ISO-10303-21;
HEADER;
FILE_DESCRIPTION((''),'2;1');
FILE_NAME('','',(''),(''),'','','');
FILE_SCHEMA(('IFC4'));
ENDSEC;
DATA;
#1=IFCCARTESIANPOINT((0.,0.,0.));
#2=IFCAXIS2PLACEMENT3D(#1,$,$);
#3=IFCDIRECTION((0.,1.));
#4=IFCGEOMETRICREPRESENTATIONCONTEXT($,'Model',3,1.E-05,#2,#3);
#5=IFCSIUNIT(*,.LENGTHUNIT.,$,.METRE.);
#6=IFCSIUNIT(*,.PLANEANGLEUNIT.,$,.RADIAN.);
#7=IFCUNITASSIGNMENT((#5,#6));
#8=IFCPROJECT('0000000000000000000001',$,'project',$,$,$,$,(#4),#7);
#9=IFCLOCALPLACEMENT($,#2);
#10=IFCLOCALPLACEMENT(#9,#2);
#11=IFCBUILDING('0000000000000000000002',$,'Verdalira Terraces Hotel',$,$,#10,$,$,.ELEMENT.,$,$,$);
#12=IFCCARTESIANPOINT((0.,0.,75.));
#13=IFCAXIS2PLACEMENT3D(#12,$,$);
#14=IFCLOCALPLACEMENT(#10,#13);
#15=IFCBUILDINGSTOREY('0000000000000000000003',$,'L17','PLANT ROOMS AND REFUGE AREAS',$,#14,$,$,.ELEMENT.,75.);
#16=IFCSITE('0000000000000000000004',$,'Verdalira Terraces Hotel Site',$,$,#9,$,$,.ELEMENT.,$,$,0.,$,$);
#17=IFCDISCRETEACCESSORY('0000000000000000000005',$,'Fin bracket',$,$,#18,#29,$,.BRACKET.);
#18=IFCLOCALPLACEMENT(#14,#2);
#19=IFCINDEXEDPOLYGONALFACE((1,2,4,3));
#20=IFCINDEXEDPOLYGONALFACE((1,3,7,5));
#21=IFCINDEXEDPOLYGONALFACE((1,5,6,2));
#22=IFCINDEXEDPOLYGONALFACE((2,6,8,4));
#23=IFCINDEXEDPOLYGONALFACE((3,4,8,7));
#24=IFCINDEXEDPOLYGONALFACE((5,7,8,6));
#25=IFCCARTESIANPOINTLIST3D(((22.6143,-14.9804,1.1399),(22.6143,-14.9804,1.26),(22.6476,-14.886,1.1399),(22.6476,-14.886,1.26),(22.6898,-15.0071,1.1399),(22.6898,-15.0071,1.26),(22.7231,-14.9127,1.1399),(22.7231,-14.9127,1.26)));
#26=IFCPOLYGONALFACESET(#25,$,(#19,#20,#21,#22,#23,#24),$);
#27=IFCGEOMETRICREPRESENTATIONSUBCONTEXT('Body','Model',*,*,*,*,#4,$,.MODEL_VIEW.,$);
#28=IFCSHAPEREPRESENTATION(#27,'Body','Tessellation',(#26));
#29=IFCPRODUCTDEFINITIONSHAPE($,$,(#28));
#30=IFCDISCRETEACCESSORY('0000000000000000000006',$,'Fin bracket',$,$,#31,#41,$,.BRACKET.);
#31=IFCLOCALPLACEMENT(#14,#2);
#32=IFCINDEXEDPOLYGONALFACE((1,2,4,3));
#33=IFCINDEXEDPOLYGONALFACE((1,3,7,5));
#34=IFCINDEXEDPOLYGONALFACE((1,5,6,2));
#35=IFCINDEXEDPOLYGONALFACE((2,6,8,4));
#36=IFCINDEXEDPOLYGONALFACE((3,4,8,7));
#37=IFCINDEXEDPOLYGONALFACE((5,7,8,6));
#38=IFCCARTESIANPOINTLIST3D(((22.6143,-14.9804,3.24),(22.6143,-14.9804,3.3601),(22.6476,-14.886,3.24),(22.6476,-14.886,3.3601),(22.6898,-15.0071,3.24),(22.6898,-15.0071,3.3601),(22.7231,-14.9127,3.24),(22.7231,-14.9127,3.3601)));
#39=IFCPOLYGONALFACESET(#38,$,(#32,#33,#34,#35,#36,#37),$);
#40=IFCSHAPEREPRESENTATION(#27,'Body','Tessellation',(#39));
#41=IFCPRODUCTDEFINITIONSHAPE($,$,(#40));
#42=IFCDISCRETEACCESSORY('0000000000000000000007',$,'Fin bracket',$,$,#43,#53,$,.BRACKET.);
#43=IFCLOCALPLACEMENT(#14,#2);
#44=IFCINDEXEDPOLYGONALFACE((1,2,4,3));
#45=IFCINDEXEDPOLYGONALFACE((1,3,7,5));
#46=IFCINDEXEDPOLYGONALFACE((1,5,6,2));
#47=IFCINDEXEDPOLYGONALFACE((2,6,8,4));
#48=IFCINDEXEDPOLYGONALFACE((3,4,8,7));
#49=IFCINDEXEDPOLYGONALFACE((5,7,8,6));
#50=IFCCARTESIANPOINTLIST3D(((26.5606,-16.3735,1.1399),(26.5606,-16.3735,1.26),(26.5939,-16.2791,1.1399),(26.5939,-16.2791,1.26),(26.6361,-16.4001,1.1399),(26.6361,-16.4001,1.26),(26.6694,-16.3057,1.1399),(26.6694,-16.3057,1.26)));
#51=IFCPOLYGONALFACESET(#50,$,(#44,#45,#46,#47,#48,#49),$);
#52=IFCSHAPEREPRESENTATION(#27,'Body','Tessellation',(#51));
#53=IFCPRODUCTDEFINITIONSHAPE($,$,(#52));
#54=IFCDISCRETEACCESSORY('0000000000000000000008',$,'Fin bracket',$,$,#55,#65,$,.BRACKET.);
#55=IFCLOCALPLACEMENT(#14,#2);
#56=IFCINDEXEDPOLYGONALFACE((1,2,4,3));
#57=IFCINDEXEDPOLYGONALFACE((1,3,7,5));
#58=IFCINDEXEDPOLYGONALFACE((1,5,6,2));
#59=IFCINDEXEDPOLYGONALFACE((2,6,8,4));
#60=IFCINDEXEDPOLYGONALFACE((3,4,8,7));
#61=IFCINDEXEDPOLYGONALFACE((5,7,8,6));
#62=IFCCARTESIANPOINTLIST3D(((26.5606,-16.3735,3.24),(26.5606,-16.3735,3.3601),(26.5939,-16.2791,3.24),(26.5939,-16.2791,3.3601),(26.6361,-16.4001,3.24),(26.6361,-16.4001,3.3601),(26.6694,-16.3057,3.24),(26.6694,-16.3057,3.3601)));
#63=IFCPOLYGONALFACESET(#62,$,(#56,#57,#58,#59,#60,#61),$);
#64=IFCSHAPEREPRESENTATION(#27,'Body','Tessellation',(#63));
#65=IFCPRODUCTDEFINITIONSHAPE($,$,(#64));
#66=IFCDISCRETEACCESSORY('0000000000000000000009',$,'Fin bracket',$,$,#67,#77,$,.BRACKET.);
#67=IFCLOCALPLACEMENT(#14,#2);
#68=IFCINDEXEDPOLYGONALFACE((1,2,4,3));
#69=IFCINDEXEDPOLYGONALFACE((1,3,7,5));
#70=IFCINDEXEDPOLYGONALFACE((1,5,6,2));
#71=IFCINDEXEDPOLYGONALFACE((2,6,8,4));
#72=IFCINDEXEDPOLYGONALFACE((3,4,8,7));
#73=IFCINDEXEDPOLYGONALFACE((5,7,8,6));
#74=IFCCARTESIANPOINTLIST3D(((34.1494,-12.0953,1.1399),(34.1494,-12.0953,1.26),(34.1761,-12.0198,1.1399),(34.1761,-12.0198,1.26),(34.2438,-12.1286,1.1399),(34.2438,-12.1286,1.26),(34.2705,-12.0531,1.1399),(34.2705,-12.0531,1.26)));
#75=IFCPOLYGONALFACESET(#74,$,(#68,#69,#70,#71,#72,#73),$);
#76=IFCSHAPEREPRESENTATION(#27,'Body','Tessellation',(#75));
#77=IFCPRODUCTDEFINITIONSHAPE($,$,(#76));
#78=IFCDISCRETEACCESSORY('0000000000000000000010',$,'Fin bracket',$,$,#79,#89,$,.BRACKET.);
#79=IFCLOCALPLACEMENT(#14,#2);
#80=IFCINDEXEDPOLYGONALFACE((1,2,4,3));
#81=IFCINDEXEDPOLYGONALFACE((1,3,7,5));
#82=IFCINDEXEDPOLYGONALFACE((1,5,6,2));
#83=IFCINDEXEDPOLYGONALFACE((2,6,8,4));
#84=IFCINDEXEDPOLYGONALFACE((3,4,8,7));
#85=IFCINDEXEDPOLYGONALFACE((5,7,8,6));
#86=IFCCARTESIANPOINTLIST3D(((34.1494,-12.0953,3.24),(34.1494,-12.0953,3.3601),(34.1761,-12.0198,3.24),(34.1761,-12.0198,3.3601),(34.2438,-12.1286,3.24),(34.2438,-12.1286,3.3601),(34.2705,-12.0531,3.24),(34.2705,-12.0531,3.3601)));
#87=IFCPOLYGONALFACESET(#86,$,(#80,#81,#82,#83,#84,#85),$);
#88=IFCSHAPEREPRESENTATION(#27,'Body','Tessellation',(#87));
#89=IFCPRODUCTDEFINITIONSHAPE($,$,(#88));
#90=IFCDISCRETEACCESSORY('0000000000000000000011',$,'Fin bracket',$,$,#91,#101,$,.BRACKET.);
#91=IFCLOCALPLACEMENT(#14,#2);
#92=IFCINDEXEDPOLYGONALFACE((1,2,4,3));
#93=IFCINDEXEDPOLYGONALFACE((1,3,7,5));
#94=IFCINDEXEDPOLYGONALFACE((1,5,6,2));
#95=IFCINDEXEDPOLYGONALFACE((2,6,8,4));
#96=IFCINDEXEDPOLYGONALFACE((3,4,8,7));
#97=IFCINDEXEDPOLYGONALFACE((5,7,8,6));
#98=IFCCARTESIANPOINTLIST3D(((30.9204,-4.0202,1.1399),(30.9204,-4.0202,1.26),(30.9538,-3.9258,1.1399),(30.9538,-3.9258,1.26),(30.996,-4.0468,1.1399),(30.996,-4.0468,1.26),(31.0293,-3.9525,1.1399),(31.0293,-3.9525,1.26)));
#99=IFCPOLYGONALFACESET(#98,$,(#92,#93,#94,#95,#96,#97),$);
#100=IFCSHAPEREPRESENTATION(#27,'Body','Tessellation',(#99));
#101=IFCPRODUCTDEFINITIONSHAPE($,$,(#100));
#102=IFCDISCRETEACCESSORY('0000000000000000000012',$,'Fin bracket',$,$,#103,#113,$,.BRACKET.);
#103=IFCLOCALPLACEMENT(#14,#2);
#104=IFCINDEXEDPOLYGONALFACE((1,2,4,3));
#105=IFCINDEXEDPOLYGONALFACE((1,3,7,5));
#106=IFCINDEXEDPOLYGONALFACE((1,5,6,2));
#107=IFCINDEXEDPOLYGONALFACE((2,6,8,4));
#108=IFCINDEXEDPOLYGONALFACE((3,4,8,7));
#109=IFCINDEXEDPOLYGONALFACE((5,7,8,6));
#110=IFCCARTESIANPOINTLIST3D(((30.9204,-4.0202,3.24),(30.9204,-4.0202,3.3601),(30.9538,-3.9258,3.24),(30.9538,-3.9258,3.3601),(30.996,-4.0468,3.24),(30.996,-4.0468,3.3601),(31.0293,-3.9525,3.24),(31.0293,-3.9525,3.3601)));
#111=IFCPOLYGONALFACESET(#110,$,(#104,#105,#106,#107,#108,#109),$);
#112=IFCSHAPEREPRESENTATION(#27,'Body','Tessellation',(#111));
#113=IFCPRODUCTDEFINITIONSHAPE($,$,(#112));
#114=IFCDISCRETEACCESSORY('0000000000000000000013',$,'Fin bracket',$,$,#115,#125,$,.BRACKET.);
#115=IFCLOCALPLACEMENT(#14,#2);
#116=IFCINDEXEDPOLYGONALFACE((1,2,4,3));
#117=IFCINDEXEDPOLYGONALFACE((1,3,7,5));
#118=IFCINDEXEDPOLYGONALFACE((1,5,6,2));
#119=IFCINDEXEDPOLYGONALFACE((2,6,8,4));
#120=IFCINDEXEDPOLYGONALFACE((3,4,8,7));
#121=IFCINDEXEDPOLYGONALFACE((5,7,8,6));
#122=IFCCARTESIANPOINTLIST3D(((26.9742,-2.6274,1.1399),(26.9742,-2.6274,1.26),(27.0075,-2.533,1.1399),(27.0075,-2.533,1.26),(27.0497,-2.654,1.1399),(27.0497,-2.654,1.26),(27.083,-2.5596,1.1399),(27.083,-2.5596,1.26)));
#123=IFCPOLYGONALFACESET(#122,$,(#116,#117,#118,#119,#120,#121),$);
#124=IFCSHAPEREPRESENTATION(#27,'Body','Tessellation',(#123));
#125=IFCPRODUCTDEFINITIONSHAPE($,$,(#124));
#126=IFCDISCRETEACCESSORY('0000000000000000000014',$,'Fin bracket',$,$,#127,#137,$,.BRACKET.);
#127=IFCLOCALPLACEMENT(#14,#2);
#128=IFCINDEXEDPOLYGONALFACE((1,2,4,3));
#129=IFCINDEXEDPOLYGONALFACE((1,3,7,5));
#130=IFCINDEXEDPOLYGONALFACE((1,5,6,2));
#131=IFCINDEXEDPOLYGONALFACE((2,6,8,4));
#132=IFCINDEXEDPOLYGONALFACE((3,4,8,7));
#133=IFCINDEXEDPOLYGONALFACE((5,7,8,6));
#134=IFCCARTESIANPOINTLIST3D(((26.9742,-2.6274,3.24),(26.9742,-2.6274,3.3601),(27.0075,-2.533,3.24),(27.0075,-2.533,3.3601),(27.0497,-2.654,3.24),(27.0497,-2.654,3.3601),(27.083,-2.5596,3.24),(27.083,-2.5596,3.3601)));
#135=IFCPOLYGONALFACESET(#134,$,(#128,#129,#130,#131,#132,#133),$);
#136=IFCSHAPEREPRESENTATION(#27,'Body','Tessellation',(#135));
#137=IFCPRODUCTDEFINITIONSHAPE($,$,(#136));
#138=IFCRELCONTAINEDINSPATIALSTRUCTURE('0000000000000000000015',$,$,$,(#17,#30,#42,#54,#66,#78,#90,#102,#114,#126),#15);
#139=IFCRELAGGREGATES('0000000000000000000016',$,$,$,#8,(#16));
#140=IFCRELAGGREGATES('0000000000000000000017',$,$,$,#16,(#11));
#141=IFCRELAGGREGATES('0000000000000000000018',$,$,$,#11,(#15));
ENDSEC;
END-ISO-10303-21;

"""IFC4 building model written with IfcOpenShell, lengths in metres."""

from ifc_helpers import new_model, si_unit, direction, frame, origin, origin_2d, place, context, subcontext, project, spatial, rectangle, extrude, element, save


model = new_model("IFC4")

# Units and contexts
model_context = context("Model", 3, precision=1e-05, world=origin(), true_north=direction((0.0, 1.0)))
body_context = subcontext(model_context, "Body", "Model", "MODEL_VIEW")
ifc_project = project(units=[si_unit("LENGTHUNIT", "METRE"), si_unit("PLANEANGLEUNIT", "RADIAN")], contexts=[model_context])

# Site, building, storey
site_placement = place(None, origin())
site = spatial("IfcSite", under=ifc_project, at=site_placement, Name="Verdalira Terraces Hotel Site", CompositionType="ELEMENT", RefElevation=0.0)
building_placement = place(site_placement, origin())
building = spatial("IfcBuilding", under=site, at=building_placement, Name="Verdalira Terraces Hotel", CompositionType="ELEMENT")
storey_placement = place(building_placement, frame((0.0, 0.0, 75.0)))
storey = spatial("IfcBuildingStorey", under=building, at=storey_placement, Name="L17", Description="PLANT ROOMS AND REFUGE AREAS", CompositionType="ELEMENT", Elevation=75.0)

# Discrete accessories
for number, where, z_axis, x_axis, name in (
    (1, (22.6687, -14.9465, 1.1399), (0.0, 0.0, 1.0), (0.942991, -0.33282, 0.0), "Fin bracket"),
    (2, (22.6687, -14.9465, 3.24), (0.0, 0.0, 1.0), (0.942991, -0.33282, 0.0), "Fin bracket"),
    (3, (26.615, -16.3396, 1.1399), (0.0, 0.0, 1.0), (0.942991, -0.33282, 0.0), "Fin bracket"),
    (4, (26.615, -16.3396, 3.24), (0.0, 0.0, 1.0), (0.942991, -0.33282, 0.0), "Fin bracket"),
    (5, (34.21, -12.0742, 1.1399), (0.0, 0.0, 1.0), (0.33282, 0.942991, 0.0), "Fin bracket"),
    (6, (34.21, -12.0742, 3.24), (0.0, 0.0, 1.0), (0.33282, 0.942991, 0.0), "Fin bracket"),
    (7, (30.9749, -3.9863, 1.1399), (0.0, 0.0, 1.0), (-0.942991, 0.33282, 0.0), "Fin bracket"),
    (8, (30.9749, -3.9863, 3.24), (0.0, 0.0, 1.0), (-0.942991, 0.33282, 0.0), "Fin bracket"),
    (9, (27.0286, -2.5935, 1.1399), (0.0, 0.0, 1.0), (-0.942991, 0.33282, 0.0), "Fin bracket"),
    (10, (27.0286, -2.5935, 3.24), (0.0, 0.0, 1.0), (-0.942991, 0.33282, 0.0), "Fin bracket"),
):
    element("IfcDiscreteAccessory", number, at=place(storey_placement, frame(where, z_axis=z_axis, x_axis=x_axis)), inside=storey, Name=name, PredefinedType="BRACKET", context=body_context, shape_type="SweptSolid", body=[
        extrude(rectangle(XDim=0.0801, YDim=0.1001, at=origin_2d()), origin(), (0.0, 0.0, 1.0), 0.1201),
    ])

save(model, "model.ifc")
